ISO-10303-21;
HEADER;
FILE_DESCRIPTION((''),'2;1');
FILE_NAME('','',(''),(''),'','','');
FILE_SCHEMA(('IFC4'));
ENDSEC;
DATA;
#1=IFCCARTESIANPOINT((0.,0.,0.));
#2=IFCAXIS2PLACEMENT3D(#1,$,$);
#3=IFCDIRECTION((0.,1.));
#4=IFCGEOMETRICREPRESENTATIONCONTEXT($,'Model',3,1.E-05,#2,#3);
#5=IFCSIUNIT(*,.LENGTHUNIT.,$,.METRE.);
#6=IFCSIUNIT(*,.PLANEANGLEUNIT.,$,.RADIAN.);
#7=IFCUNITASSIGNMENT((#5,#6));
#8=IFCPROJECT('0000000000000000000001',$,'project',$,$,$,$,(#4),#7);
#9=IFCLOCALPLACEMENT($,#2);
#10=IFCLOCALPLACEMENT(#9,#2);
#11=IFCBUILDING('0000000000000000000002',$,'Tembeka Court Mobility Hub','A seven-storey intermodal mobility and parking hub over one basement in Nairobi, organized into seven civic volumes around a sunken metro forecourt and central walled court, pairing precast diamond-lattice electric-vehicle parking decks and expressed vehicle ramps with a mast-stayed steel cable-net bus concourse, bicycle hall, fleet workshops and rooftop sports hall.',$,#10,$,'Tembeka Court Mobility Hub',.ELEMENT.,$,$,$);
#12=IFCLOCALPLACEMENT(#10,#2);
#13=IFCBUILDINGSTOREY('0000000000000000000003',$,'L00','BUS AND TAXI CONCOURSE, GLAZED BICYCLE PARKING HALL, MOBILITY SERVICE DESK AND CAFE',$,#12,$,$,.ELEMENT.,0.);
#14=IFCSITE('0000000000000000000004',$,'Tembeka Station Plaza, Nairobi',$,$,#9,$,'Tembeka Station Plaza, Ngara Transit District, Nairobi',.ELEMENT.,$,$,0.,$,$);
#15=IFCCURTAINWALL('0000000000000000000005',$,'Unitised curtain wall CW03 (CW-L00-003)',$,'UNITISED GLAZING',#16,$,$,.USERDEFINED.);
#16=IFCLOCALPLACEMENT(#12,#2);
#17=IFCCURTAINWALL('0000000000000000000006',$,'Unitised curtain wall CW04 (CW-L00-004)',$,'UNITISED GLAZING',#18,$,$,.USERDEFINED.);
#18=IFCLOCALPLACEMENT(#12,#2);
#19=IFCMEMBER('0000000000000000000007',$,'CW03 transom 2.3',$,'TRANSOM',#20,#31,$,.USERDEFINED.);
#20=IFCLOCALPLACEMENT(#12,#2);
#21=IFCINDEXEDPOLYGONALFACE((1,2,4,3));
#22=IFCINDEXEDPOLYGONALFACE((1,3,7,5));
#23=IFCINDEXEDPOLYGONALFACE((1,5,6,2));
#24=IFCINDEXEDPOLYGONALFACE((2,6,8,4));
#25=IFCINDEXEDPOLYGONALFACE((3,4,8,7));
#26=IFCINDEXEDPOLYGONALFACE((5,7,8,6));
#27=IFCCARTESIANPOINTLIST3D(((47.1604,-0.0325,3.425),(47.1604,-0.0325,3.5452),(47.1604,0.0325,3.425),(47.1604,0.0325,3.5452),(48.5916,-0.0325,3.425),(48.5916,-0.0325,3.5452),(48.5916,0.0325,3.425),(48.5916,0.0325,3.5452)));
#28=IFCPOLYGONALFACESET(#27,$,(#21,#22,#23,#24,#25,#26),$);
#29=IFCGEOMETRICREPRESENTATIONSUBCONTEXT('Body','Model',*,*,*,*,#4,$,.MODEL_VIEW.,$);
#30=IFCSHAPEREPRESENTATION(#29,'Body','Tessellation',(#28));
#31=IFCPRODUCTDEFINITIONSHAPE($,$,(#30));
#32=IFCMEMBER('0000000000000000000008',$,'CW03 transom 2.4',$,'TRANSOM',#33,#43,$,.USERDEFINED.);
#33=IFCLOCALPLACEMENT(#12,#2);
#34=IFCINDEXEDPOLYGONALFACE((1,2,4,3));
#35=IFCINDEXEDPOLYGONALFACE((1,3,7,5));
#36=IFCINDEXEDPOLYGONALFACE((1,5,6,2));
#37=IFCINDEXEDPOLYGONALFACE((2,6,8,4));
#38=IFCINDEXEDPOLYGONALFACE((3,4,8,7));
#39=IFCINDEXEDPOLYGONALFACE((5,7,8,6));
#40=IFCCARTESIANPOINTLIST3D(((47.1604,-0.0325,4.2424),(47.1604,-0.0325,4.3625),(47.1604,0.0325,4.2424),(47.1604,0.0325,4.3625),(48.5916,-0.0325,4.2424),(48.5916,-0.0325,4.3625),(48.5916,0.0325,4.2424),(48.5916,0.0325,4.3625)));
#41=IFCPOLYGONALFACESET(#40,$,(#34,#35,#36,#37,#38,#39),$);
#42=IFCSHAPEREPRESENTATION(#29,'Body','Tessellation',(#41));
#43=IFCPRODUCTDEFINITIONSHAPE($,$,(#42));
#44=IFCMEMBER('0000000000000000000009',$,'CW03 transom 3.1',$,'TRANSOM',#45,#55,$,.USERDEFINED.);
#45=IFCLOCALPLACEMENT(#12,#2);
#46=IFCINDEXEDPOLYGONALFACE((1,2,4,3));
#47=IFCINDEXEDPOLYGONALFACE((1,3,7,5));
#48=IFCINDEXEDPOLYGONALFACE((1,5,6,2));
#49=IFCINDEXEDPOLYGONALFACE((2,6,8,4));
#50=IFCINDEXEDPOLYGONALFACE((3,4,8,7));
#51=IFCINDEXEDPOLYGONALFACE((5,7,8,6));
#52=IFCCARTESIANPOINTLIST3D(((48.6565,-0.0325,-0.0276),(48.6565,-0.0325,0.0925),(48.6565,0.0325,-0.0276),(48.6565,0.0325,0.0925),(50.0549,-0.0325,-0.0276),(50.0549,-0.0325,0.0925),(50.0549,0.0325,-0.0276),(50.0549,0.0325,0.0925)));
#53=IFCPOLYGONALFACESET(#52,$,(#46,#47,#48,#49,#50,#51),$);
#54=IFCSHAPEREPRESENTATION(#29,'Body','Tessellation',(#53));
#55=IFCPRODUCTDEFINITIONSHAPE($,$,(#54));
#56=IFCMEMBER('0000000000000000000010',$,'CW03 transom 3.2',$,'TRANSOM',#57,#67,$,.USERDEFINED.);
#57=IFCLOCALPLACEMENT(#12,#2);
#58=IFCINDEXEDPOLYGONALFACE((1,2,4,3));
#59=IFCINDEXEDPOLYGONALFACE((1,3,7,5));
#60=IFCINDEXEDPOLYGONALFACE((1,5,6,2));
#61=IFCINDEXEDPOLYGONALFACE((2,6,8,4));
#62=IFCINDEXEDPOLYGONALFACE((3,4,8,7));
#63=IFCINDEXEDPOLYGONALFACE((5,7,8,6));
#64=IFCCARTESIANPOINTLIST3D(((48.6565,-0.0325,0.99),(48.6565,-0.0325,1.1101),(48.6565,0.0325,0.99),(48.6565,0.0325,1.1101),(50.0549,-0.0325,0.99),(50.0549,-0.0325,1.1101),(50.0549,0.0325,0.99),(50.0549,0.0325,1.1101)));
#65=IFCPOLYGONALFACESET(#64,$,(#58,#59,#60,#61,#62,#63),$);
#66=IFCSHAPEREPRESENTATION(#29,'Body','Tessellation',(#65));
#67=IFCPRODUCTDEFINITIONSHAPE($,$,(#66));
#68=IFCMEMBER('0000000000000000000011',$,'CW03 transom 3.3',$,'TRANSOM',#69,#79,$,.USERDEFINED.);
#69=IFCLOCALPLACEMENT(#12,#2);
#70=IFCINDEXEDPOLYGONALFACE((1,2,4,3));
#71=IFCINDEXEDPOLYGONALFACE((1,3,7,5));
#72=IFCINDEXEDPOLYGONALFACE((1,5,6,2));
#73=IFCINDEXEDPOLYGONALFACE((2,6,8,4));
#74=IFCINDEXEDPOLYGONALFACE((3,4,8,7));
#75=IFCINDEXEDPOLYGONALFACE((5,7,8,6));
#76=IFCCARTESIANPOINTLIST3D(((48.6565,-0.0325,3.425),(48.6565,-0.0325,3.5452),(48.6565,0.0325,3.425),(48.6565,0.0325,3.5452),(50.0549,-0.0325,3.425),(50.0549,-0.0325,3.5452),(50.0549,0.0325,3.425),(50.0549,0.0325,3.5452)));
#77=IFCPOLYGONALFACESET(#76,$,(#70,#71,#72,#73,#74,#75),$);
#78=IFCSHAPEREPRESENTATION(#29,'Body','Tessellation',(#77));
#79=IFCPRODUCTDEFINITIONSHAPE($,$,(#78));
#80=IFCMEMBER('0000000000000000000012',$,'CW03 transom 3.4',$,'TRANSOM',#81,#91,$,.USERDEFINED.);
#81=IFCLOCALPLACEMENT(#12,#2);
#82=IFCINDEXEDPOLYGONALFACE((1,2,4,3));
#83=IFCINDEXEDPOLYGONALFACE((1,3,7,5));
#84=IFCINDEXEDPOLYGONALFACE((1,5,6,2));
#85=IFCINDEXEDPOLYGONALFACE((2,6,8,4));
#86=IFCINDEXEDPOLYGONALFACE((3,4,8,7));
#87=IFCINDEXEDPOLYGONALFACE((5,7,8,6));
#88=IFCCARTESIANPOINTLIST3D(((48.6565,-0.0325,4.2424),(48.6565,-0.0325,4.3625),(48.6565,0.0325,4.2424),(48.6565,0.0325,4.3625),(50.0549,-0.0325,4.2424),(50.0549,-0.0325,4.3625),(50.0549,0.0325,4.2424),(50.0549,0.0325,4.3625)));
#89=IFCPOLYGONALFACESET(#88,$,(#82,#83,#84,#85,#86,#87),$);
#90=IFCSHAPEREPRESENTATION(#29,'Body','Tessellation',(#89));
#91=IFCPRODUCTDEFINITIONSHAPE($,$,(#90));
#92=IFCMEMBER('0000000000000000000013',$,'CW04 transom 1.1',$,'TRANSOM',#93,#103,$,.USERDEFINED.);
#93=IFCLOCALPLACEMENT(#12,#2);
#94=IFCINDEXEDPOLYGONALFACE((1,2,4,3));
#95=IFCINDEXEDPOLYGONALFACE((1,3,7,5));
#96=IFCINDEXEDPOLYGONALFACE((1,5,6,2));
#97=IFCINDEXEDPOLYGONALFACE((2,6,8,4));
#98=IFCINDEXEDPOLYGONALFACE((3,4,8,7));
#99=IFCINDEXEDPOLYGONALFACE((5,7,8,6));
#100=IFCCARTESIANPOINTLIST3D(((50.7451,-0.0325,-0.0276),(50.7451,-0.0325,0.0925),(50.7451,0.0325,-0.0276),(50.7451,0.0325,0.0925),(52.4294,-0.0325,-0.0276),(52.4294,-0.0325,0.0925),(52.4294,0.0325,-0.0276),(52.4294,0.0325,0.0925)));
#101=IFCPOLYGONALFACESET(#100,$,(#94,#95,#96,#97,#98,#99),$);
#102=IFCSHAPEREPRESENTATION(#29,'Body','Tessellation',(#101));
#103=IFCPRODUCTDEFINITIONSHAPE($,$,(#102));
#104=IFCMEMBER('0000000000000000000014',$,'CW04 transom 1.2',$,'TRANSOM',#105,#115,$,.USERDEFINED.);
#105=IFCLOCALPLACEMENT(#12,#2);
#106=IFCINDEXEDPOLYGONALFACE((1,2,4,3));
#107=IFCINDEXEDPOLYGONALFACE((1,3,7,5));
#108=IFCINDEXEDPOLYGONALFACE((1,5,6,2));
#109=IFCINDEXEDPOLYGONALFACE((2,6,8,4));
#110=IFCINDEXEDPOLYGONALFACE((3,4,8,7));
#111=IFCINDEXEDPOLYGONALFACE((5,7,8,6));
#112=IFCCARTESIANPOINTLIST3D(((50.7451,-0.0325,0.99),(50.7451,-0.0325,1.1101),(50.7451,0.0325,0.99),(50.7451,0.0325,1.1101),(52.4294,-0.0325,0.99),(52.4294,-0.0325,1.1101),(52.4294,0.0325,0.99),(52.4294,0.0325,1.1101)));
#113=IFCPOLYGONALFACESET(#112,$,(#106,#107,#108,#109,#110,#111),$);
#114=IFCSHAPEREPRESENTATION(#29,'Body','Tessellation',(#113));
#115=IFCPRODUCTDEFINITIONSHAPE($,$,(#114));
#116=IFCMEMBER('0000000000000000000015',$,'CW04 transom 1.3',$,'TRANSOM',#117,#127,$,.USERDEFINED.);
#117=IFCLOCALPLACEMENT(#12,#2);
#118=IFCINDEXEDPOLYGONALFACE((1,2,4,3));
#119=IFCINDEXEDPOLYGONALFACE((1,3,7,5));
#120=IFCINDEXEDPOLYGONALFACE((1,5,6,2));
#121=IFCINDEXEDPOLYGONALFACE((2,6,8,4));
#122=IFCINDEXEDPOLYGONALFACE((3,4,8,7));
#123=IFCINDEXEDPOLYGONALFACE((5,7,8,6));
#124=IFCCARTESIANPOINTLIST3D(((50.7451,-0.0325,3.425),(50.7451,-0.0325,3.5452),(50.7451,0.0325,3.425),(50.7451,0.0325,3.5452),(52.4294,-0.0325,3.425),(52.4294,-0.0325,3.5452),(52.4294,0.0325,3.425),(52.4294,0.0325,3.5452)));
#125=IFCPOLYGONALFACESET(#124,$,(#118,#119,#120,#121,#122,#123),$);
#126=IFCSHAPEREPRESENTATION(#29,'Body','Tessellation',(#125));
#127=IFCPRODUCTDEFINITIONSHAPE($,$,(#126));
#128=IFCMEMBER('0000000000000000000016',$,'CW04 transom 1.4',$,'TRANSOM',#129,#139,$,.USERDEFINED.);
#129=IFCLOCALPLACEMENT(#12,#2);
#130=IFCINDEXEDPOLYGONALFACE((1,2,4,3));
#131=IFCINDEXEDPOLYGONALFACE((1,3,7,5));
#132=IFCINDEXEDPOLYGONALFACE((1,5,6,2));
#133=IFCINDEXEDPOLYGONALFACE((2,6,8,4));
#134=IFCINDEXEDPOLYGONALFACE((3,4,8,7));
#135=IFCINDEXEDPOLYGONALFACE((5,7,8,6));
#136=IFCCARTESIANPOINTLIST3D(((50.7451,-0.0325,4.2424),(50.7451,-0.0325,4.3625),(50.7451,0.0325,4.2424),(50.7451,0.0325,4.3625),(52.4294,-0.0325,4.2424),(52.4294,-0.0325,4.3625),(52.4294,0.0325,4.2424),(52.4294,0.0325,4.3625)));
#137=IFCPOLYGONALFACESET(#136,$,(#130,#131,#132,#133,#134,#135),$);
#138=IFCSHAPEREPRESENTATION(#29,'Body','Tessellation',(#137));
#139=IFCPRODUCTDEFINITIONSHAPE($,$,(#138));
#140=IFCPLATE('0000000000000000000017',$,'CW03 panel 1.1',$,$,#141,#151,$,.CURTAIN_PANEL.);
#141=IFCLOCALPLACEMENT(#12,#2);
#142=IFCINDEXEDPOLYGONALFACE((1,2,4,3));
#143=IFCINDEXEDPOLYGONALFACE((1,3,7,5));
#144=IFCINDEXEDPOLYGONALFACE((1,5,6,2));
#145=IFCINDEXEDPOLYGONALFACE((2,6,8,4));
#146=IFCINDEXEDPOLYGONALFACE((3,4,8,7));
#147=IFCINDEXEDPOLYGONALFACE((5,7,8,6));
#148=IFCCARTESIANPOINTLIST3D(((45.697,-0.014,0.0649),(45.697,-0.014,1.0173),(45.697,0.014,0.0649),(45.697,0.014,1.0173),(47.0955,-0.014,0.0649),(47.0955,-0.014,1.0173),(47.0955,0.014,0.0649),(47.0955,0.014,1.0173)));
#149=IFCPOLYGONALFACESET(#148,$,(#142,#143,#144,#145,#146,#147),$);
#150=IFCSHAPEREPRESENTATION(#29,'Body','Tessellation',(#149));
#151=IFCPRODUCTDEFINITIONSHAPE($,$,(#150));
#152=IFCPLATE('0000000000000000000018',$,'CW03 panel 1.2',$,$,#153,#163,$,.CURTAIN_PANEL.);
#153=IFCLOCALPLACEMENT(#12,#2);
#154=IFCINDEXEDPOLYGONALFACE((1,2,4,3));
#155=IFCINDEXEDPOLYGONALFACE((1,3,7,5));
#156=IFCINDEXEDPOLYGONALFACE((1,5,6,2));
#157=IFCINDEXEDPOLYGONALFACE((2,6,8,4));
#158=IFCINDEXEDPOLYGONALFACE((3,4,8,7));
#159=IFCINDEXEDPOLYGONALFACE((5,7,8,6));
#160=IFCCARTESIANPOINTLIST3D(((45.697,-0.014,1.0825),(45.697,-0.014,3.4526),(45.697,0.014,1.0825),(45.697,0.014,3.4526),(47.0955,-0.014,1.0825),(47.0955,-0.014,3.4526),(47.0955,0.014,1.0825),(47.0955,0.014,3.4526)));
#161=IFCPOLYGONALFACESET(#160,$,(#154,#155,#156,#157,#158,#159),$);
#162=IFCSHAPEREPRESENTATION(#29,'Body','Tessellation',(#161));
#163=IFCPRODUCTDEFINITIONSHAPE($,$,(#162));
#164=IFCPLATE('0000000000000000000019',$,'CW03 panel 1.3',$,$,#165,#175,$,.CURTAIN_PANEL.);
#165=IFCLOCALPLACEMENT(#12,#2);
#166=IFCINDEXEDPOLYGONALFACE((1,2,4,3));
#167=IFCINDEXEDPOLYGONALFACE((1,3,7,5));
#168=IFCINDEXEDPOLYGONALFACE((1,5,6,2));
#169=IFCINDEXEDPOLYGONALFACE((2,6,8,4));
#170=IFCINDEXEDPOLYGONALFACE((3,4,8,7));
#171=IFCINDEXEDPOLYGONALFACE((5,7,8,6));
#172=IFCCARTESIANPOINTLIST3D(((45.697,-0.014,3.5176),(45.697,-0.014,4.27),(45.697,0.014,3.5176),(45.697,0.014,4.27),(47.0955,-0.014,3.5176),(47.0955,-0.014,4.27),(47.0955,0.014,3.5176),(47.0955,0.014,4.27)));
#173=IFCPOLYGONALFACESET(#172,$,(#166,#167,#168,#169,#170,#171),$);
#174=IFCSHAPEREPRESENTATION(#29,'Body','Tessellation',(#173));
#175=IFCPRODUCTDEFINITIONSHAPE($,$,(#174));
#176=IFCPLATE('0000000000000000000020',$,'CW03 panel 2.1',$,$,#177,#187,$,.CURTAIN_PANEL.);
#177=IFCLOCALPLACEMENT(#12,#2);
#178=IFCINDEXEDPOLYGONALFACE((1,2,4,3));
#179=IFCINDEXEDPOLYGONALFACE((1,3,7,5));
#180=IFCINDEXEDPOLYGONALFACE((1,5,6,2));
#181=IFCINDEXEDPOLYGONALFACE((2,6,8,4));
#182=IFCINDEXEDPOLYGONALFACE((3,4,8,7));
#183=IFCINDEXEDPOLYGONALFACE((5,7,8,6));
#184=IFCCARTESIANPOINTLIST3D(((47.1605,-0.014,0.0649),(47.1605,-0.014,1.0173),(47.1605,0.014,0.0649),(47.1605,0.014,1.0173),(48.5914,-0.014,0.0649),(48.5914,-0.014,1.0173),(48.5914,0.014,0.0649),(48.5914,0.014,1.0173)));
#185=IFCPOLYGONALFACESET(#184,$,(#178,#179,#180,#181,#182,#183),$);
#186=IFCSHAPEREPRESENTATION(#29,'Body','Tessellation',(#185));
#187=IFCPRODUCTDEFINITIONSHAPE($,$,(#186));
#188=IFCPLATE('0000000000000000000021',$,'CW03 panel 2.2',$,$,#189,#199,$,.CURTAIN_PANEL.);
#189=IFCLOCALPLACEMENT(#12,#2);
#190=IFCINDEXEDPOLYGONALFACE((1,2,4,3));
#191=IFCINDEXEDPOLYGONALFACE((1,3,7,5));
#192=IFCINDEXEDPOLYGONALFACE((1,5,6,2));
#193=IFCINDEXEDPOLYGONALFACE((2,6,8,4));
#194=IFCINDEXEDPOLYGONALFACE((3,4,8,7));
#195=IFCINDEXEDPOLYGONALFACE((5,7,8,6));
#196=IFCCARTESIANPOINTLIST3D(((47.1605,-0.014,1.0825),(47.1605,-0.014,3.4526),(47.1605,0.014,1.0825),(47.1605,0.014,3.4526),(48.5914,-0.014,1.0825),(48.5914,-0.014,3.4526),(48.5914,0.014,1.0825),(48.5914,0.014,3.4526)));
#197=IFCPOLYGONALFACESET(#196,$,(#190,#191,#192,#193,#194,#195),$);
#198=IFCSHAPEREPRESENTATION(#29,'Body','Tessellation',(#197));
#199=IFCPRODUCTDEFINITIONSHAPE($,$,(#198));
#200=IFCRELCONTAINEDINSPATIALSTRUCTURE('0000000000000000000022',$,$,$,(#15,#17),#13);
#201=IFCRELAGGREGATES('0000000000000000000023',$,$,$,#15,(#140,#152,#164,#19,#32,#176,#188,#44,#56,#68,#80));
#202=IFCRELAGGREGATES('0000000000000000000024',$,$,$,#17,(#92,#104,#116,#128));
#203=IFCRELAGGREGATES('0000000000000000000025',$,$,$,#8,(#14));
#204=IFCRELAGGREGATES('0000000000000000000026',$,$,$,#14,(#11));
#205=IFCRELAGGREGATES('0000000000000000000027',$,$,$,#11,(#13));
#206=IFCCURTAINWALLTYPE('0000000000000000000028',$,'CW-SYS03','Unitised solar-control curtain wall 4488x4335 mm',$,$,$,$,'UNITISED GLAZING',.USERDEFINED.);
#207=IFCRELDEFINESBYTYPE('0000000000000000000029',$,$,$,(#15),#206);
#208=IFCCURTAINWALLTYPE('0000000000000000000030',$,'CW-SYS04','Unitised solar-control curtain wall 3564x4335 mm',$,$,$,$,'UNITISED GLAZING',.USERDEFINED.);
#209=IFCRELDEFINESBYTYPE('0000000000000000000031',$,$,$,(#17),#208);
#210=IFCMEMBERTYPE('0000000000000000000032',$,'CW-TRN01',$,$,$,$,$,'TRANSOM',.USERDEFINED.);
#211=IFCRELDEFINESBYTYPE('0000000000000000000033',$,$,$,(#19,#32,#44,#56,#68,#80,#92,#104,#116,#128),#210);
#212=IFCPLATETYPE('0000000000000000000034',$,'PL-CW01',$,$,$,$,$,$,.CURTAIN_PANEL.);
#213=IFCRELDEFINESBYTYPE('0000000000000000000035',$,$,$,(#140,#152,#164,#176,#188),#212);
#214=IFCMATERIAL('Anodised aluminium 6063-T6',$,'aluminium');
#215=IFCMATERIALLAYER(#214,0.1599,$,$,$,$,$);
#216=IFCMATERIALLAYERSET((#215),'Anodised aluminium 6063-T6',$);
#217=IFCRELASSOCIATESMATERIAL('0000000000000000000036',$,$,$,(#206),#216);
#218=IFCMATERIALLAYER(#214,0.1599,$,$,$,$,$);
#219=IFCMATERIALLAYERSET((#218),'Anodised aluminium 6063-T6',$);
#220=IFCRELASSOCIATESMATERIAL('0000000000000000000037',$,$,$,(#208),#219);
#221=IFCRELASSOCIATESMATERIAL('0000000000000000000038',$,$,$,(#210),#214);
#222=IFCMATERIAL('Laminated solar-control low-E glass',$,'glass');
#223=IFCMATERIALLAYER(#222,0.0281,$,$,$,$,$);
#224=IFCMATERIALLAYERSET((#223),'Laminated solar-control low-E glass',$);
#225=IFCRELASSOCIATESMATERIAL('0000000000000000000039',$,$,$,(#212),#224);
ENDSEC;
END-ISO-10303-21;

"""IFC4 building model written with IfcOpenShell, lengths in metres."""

from ifc_helpers import new_model, si_unit, direction, frame, origin, origin_2d, place, context, subcontext, project, spatial, rectangle, extrude, material, layer, layer_set, material_profile, profile_set, type_object, element, aggregate, save


model = new_model("IFC4")

# Units and contexts
model_context = context("Model", 3, precision=1e-05, world=origin(), true_north=direction((0.0, 1.0)))
body_context = subcontext(model_context, "Body", "Model", "MODEL_VIEW")
ifc_project = project(units=[si_unit("LENGTHUNIT", "METRE"), si_unit("PLANEANGLEUNIT", "RADIAN")], contexts=[model_context])

# Site, building, storey
site_placement = place(None, origin())
site = spatial("IfcSite", under=ifc_project, at=site_placement, Name="Tembeka Station Plaza, Nairobi", LongName="Tembeka Station Plaza, Ngara Transit District, Nairobi", CompositionType="ELEMENT", RefElevation=0.0)
building_placement = place(site_placement, origin())
building = spatial("IfcBuilding", under=site, at=building_placement, Name="Tembeka Court Mobility Hub", Description="A seven-storey intermodal mobility and parking hub over one basement in Nairobi, organized into seven civic volumes around a sunken metro forecourt and central walled court, pairing precast diamond-lattice electric-vehicle parking decks and expressed vehicle ramps with a mast-stayed steel cable-net bus concourse, bicycle hall, fleet workshops and rooftop sports hall.", LongName="Tembeka Court Mobility Hub", CompositionType="ELEMENT")
storey_placement = place(building_placement, origin())
storey = spatial("IfcBuildingStorey", under=building, at=storey_placement, Name="L00", Description="BUS AND TAXI CONCOURSE, GLAZED BICYCLE PARKING HALL, MOBILITY SERVICE DESK AND CAFE", CompositionType="ELEMENT", Elevation=0.0)

# Curtain wall
ifc_material_1 = material(Name="Anodised aluminium 6063-T6", Category="aluminium")
ifc_layer_1 = layer(ifc_material_1, 0.1599)
ifc_layer_set_1 = layer_set([ifc_layer_1], Name="Anodised aluminium 6063-T6")
curtain_wall_type_1 = type_object("IfcCurtainWallType", Name="CW-SYS03", Description="Unitised solar-control curtain wall 4488x4335 mm", ElementType="UNITISED GLAZING", PredefinedType="USERDEFINED", material=ifc_layer_set_1)
curtain_wall_1_placement = place(storey_placement, origin())
curtain_wall_1 = element("IfcCurtainWall", 1, at=curtain_wall_1_placement, inside=storey, type_object=curtain_wall_type_1, Name="Unitised curtain wall CW03 (CW-L00-003)", ObjectType="UNITISED GLAZING", PredefinedType="USERDEFINED")

# Curtain wall
ifc_layer_2 = layer(ifc_material_1, 0.1599)
ifc_layer_set_2 = layer_set([ifc_layer_2], Name="Anodised aluminium 6063-T6")
curtain_wall_type_2 = type_object("IfcCurtainWallType", Name="CW-SYS04", Description="Unitised solar-control curtain wall 3564x4335 mm", ElementType="UNITISED GLAZING", PredefinedType="USERDEFINED", material=ifc_layer_set_2)
curtain_wall_2_placement = place(storey_placement, origin())
curtain_wall_2 = element("IfcCurtainWall", 2, at=curtain_wall_2_placement, inside=storey, type_object=curtain_wall_type_2, Name="Unitised curtain wall CW04 (CW-L00-004)", ObjectType="UNITISED GLAZING", PredefinedType="USERDEFINED")

# Members
ifc_material_profile_1 = material_profile(ifc_material_1, rectangle(XDim=0.0649, YDim=0.1201, at=origin_2d()), Name="ALU-TRN 65x120")
ifc_profile_set_1 = profile_set([ifc_material_profile_1], Name="Anodised aluminium 6063-T6")
member_type_1 = type_object("IfcMemberType", Name="CW-TRN01", ElementType="TRANSOM", PredefinedType="USERDEFINED", material=ifc_profile_set_1)
member_1_placement = place(storey_placement, frame((47.1604, 0.0, 3.4851), z_axis=(1.0, 0.0, 0.0), x_axis=(0.0, 1.0, 0.0)))
member_1 = element("IfcMember", 3, at=member_1_placement, type_object=member_type_1, Name="CW03 transom 2.3", ObjectType="TRANSOM", PredefinedType="USERDEFINED", context=body_context, shape_type="SweptSolid", body=[
    extrude(rectangle(XDim=0.0649, YDim=0.1201, at=origin_2d()), origin(), (0.0, 0.0, 1.0), 1.4312),
])
member_2_placement = place(storey_placement, frame((47.1604, 0.0, 4.3025), z_axis=(1.0, 0.0, 0.0), x_axis=(0.0, 1.0, 0.0)))
member_2 = element("IfcMember", 4, at=member_2_placement, type_object=member_type_1, Name="CW03 transom 2.4", ObjectType="TRANSOM", PredefinedType="USERDEFINED", context=body_context, shape_type="SweptSolid", body=[
    extrude(rectangle(XDim=0.0649, YDim=0.1201, at=origin_2d()), origin(), (0.0, 0.0, 1.0), 1.4312),
])
member_3_placement = place(storey_placement, frame((48.6565, 0.0, 0.0325), z_axis=(1.0, 0.0, 0.0), x_axis=(0.0, 1.0, 0.0)))
member_3 = element("IfcMember", 5, at=member_3_placement, type_object=member_type_1, Name="CW03 transom 3.1", ObjectType="TRANSOM", PredefinedType="USERDEFINED", context=body_context, shape_type="SweptSolid", body=[
    extrude(rectangle(XDim=0.0649, YDim=0.1201, at=origin_2d()), origin(), (0.0, 0.0, 1.0), 1.3984),
])
member_4_placement = place(storey_placement, frame((48.6565, 0.0, 1.05), z_axis=(1.0, 0.0, 0.0), x_axis=(0.0, 1.0, 0.0)))
member_4 = element("IfcMember", 6, at=member_4_placement, type_object=member_type_1, Name="CW03 transom 3.2", ObjectType="TRANSOM", PredefinedType="USERDEFINED", context=body_context, shape_type="SweptSolid", body=[
    extrude(rectangle(XDim=0.0649, YDim=0.1201, at=origin_2d()), origin(), (0.0, 0.0, 1.0), 1.3984),
])
member_5_placement = place(storey_placement, frame((48.6565, 0.0, 3.4851), z_axis=(1.0, 0.0, 0.0), x_axis=(0.0, 1.0, 0.0)))
member_5 = element("IfcMember", 7, at=member_5_placement, type_object=member_type_1, Name="CW03 transom 3.3", ObjectType="TRANSOM", PredefinedType="USERDEFINED", context=body_context, shape_type="SweptSolid", body=[
    extrude(rectangle(XDim=0.0649, YDim=0.1201, at=origin_2d()), origin(), (0.0, 0.0, 1.0), 1.3984),
])
member_6_placement = place(storey_placement, frame((48.6565, 0.0, 4.3025), z_axis=(1.0, 0.0, 0.0), x_axis=(0.0, 1.0, 0.0)))
member_6 = element("IfcMember", 8, at=member_6_placement, type_object=member_type_1, Name="CW03 transom 3.4", ObjectType="TRANSOM", PredefinedType="USERDEFINED", context=body_context, shape_type="SweptSolid", body=[
    extrude(rectangle(XDim=0.0649, YDim=0.1201, at=origin_2d()), origin(), (0.0, 0.0, 1.0), 1.3984),
])
member_7_placement = place(storey_placement, frame((50.7451, 0.0, 0.0325), z_axis=(1.0, 0.0, 0.0), x_axis=(0.0, 1.0, 0.0)))
member_7 = element("IfcMember", 9, at=member_7_placement, type_object=member_type_1, Name="CW04 transom 1.1", ObjectType="TRANSOM", PredefinedType="USERDEFINED", context=body_context, shape_type="SweptSolid", body=[
    extrude(rectangle(XDim=0.0649, YDim=0.1201, at=origin_2d()), origin(), (0.0, 0.0, 1.0), 1.6843),
])
member_8_placement = place(storey_placement, frame((50.7451, 0.0, 1.05), z_axis=(1.0, 0.0, 0.0), x_axis=(0.0, 1.0, 0.0)))
member_8 = element("IfcMember", 10, at=member_8_placement, type_object=member_type_1, Name="CW04 transom 1.2", ObjectType="TRANSOM", PredefinedType="USERDEFINED", context=body_context, shape_type="SweptSolid", body=[
    extrude(rectangle(XDim=0.0649, YDim=0.1201, at=origin_2d()), origin(), (0.0, 0.0, 1.0), 1.6843),
])
member_9_placement = place(storey_placement, frame((50.7451, 0.0, 3.4851), z_axis=(1.0, 0.0, 0.0), x_axis=(0.0, 1.0, 0.0)))
member_9 = element("IfcMember", 11, at=member_9_placement, type_object=member_type_1, Name="CW04 transom 1.3", ObjectType="TRANSOM", PredefinedType="USERDEFINED", context=body_context, shape_type="SweptSolid", body=[
    extrude(rectangle(XDim=0.0649, YDim=0.1201, at=origin_2d()), origin(), (0.0, 0.0, 1.0), 1.6843),
])
member_10_placement = place(storey_placement, frame((50.7451, 0.0, 4.3025), z_axis=(1.0, 0.0, 0.0), x_axis=(0.0, 1.0, 0.0)))
member_10 = element("IfcMember", 12, at=member_10_placement, type_object=member_type_1, Name="CW04 transom 1.4", ObjectType="TRANSOM", PredefinedType="USERDEFINED", context=body_context, shape_type="SweptSolid", body=[
    extrude(rectangle(XDim=0.0649, YDim=0.1201, at=origin_2d()), origin(), (0.0, 0.0, 1.0), 1.6843),
])

# Plates
ifc_material_2 = material(Name="Laminated solar-control low-E glass", Category="glass")
ifc_layer_3 = layer(ifc_material_2, 0.0281)
ifc_layer_set_3 = layer_set([ifc_layer_3], Name="Laminated solar-control low-E glass")
plate_type_1 = type_object("IfcPlateType", Name="PL-CW01", PredefinedType="CURTAIN_PANEL", material=ifc_layer_set_3)
plate_1_placement = place(storey_placement, frame((46.3962, 0.0, 0.0649), z_axis=(0.0, 0.0, 1.0), x_axis=(1.0, 0.0, 0.0)))
plate_1 = element("IfcPlate", 13, at=plate_1_placement, type_object=plate_type_1, Name="CW03 panel 1.1", PredefinedType="CURTAIN_PANEL", context=body_context, shape_type="SweptSolid", body=[
    extrude(rectangle(XDim=1.3984, YDim=0.0281, at=origin_2d()), origin(), (0.0, 0.0, 1.0), 0.9524),
])
plate_2_placement = place(storey_placement, frame((46.3962, 0.0, 1.0825), z_axis=(0.0, 0.0, 1.0), x_axis=(1.0, 0.0, 0.0)))
plate_2 = element("IfcPlate", 14, at=plate_2_placement, type_object=plate_type_1, Name="CW03 panel 1.2", PredefinedType="CURTAIN_PANEL", context=body_context, shape_type="SweptSolid", body=[
    extrude(rectangle(XDim=1.3984, YDim=0.0281, at=origin_2d()), origin(), (0.0, 0.0, 1.0), 2.3701),
])
plate_3_placement = place(storey_placement, frame((46.3962, 0.0, 3.5176), z_axis=(0.0, 0.0, 1.0), x_axis=(1.0, 0.0, 0.0)))
plate_3 = element("IfcPlate", 15, at=plate_3_placement, type_object=plate_type_1, Name="CW03 panel 1.3", PredefinedType="CURTAIN_PANEL", context=body_context, shape_type="SweptSolid", body=[
    extrude(rectangle(XDim=1.3984, YDim=0.0281, at=origin_2d()), origin(), (0.0, 0.0, 1.0), 0.7524),
])
plate_4_placement = place(storey_placement, frame((47.876, 0.0, 0.0649), z_axis=(0.0, 0.0, 1.0), x_axis=(1.0, 0.0, 0.0)))
plate_4 = element("IfcPlate", 16, at=plate_4_placement, type_object=plate_type_1, Name="CW03 panel 2.1", PredefinedType="CURTAIN_PANEL", context=body_context, shape_type="SweptSolid", body=[
    extrude(rectangle(XDim=1.4309, YDim=0.0281, at=origin_2d()), origin(), (0.0, 0.0, 1.0), 0.9524),
])
plate_5_placement = place(storey_placement, frame((47.876, 0.0, 1.0825), z_axis=(0.0, 0.0, 1.0), x_axis=(1.0, 0.0, 0.0)))
plate_5 = element("IfcPlate", 17, at=plate_5_placement, type_object=plate_type_1, Name="CW03 panel 2.2", PredefinedType="CURTAIN_PANEL", context=body_context, shape_type="SweptSolid", body=[
    extrude(rectangle(XDim=1.4309, YDim=0.0281, at=origin_2d()), origin(), (0.0, 0.0, 1.0), 2.3701),
])
aggregate(curtain_wall_1, [plate_1, plate_2, plate_3, member_1, member_2, plate_4, plate_5, member_3, member_4, member_5, member_6])
aggregate(curtain_wall_2, [member_7, member_8, member_9, member_10])

save(model, "model.ifc")
